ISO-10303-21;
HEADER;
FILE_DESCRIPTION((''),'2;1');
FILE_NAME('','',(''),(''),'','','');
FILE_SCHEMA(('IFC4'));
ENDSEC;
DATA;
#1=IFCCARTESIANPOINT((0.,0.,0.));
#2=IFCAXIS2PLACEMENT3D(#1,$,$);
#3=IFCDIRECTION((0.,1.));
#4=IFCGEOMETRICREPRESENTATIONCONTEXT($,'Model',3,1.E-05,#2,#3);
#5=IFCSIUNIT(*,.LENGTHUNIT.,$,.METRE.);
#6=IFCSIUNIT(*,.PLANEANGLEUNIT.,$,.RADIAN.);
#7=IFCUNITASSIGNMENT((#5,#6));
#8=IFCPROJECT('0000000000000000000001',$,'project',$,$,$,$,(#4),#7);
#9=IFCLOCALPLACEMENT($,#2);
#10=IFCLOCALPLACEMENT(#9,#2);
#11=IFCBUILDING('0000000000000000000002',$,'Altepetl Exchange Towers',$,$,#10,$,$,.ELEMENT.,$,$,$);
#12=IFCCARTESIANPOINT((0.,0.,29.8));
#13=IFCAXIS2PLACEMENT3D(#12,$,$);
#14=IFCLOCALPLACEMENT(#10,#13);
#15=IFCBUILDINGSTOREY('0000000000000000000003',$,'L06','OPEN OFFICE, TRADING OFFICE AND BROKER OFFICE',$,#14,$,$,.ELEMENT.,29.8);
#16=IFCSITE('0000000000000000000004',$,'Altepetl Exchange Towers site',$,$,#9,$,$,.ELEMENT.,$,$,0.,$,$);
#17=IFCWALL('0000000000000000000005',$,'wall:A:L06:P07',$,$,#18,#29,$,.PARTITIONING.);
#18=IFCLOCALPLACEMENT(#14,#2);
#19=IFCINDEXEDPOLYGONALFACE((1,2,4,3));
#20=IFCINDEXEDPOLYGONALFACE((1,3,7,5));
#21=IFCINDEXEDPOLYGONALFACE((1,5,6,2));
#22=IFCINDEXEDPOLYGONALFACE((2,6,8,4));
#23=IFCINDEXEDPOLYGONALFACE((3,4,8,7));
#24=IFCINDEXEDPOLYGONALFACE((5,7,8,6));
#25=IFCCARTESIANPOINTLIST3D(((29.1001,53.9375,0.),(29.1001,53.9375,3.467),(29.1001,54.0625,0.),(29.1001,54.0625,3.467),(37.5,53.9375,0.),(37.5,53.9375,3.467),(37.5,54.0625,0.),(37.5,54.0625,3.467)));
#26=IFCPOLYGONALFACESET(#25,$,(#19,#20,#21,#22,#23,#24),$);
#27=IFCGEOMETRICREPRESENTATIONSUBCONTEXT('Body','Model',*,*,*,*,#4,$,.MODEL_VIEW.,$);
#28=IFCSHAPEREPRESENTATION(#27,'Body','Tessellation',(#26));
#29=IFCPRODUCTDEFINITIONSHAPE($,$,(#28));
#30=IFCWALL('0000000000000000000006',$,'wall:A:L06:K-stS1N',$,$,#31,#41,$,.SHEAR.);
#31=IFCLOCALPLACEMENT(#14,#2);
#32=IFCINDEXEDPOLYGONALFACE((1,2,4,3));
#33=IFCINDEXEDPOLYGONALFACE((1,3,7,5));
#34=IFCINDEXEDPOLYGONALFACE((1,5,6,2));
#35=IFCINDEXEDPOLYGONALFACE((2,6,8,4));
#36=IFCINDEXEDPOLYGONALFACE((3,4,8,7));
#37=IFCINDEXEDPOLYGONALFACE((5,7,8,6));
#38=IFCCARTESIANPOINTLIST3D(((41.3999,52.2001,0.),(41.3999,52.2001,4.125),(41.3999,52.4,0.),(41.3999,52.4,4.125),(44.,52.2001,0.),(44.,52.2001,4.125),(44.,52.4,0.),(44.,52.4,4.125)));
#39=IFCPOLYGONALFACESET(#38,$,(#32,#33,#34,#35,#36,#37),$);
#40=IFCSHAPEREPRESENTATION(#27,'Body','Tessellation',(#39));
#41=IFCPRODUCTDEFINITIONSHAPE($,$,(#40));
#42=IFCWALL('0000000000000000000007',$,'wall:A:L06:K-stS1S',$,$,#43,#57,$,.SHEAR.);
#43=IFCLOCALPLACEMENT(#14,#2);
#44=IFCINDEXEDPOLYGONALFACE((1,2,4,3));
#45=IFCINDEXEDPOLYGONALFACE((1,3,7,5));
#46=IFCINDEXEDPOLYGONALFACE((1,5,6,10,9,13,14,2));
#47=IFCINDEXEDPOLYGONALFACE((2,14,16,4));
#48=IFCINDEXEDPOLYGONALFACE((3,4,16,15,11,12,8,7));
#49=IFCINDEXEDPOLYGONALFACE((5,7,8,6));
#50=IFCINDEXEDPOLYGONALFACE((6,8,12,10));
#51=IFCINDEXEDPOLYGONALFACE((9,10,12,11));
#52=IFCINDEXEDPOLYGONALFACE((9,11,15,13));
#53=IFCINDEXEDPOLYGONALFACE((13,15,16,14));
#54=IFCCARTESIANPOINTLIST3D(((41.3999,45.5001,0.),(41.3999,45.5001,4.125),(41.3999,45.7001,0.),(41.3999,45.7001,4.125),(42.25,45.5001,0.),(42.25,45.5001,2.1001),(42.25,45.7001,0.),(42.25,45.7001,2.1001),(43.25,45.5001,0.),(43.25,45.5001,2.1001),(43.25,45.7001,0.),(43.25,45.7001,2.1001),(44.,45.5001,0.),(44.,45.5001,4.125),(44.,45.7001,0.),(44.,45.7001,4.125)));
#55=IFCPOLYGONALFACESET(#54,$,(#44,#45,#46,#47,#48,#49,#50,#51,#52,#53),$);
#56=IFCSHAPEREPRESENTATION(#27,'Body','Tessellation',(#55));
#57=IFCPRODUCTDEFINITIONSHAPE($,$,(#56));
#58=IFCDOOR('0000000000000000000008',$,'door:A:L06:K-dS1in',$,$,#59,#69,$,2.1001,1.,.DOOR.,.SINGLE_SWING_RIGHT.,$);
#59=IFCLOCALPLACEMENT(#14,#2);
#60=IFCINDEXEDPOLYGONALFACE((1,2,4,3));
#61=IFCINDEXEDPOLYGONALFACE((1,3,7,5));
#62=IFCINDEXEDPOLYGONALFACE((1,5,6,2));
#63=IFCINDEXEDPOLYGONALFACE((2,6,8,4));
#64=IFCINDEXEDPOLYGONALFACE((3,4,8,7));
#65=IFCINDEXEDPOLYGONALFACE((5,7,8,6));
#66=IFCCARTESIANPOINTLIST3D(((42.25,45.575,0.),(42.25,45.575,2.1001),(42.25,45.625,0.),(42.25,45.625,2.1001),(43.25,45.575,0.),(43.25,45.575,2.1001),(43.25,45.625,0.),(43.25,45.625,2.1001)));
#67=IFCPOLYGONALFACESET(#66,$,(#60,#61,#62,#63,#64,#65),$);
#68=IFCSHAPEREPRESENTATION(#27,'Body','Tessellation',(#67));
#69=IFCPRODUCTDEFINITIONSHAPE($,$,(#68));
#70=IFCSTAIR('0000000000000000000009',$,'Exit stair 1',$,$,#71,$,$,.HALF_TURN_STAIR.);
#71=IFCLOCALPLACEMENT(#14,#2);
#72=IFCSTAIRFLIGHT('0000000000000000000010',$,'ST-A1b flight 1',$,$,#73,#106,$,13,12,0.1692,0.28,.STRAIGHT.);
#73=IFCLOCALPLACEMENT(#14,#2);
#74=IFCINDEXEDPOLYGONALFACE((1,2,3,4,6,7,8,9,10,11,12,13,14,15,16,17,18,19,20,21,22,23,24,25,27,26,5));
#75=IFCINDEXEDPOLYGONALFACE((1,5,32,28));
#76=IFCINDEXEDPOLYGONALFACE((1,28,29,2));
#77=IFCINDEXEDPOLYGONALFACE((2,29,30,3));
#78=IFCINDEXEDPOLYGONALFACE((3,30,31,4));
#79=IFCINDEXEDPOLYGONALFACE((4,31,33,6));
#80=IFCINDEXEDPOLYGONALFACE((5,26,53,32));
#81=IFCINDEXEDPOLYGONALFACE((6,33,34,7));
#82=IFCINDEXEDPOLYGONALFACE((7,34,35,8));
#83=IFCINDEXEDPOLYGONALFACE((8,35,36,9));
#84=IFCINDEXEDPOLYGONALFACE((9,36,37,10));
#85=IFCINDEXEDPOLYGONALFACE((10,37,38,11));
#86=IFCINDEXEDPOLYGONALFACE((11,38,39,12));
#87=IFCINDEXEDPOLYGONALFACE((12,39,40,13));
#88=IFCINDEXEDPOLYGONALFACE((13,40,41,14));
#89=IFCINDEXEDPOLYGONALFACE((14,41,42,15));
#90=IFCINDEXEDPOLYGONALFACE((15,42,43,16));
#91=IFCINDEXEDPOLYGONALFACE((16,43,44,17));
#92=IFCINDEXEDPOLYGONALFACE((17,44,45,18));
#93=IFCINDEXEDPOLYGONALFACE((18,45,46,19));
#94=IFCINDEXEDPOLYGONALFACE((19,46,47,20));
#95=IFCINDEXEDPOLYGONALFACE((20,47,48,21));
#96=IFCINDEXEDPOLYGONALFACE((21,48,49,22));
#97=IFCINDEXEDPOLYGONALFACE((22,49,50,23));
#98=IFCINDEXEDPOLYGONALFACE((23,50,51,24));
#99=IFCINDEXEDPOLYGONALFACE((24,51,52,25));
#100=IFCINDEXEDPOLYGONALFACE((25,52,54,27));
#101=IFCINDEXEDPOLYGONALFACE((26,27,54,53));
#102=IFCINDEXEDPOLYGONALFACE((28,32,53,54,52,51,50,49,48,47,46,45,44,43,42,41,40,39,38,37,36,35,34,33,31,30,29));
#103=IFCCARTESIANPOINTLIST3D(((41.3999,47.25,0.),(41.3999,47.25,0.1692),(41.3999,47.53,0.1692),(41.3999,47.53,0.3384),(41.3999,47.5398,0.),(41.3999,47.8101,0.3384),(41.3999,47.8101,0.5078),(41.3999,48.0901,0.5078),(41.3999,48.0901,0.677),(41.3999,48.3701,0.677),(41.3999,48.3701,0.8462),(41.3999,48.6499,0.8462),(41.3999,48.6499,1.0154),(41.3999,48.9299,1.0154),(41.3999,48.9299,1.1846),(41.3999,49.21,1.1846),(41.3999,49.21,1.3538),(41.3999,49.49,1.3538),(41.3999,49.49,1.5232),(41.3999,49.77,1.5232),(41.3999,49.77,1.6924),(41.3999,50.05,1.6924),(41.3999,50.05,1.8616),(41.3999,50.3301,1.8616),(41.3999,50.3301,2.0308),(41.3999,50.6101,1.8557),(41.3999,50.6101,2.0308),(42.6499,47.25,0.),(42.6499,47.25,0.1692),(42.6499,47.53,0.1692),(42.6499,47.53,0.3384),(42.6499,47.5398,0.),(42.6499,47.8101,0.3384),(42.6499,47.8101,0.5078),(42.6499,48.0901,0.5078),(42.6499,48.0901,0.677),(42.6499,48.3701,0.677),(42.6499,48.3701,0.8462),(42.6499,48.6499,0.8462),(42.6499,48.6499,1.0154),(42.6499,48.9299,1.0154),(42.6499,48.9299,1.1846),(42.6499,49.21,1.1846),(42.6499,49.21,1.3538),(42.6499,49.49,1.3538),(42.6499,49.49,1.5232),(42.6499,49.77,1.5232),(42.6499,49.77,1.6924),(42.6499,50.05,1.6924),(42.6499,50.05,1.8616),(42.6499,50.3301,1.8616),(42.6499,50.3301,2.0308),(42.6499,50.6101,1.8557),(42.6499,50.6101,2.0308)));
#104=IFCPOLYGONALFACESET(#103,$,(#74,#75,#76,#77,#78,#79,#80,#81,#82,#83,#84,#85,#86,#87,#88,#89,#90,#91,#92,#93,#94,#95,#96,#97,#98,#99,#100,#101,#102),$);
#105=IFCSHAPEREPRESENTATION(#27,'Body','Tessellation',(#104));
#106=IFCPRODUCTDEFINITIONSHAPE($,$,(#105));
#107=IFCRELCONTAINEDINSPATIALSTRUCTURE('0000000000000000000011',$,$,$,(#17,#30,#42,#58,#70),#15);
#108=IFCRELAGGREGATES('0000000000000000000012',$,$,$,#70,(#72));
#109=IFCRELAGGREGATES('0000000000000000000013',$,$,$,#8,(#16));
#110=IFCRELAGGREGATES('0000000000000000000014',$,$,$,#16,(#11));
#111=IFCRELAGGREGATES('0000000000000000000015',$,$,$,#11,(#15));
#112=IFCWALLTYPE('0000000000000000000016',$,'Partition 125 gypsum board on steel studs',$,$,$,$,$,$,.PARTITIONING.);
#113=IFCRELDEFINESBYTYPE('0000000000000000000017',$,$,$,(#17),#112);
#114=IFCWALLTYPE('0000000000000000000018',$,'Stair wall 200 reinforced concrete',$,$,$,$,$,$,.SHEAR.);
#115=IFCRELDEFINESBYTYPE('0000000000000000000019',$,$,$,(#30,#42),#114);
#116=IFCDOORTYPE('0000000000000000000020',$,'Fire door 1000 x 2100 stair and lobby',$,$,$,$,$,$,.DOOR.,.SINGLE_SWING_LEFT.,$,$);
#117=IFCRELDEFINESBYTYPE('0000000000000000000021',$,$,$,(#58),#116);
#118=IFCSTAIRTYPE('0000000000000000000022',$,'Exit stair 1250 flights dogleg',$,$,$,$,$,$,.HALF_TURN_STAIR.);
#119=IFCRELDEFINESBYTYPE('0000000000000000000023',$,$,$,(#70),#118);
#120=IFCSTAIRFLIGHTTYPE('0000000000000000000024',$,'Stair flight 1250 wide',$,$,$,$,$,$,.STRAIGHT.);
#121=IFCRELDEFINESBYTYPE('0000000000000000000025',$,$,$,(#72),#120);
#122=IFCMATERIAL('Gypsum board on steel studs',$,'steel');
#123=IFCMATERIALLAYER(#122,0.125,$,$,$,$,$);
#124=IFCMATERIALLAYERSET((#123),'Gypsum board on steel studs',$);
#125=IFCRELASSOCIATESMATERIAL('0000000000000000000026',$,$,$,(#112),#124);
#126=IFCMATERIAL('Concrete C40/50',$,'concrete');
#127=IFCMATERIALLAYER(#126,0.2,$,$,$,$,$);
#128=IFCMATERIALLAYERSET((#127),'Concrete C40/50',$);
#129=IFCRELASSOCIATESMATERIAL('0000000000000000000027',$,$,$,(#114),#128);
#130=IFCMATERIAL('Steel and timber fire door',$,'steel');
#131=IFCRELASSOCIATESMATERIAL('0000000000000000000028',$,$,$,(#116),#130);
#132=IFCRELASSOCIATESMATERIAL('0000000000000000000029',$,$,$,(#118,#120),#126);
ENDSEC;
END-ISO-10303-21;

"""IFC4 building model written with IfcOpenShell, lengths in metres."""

from ifc_helpers import new_model, si_unit, direction, frame, frame_2d, origin, place, context, subcontext, project, spatial, polyline, rectangle, outline, extrude, material, layer, layer_set, type_object, element, fill, aggregate, save


model = new_model("IFC4")

# Units and contexts
model_context = context("Model", 3, precision=1e-05, world=origin(), true_north=direction((0.0, 1.0)))
body_context = subcontext(model_context, "Body", "Model", "MODEL_VIEW")
ifc_project = project(units=[si_unit("LENGTHUNIT", "METRE"), si_unit("PLANEANGLEUNIT", "RADIAN")], contexts=[model_context])

# Site, building, storey
site_placement = place(None, origin())
site = spatial("IfcSite", under=ifc_project, at=site_placement, Name="Altepetl Exchange Towers site", CompositionType="ELEMENT", RefElevation=0.0)
building_placement = place(site_placement, origin())
building = spatial("IfcBuilding", under=site, at=building_placement, Name="Altepetl Exchange Towers", CompositionType="ELEMENT")
storey_placement = place(building_placement, frame((0.0, 0.0, 29.8)))
storey = spatial("IfcBuildingStorey", under=building, at=storey_placement, Name="L06", Description="OPEN OFFICE, TRADING OFFICE AND BROKER OFFICE", CompositionType="ELEMENT", Elevation=29.8)

# Walls
ifc_material_1 = material(Name="Gypsum board on steel studs", Category="steel")
ifc_layer_1 = layer(ifc_material_1, 0.125)
ifc_layer_set_1 = layer_set([ifc_layer_1], Name="Gypsum board on steel studs")
wall_type_1 = type_object("IfcWallType", Name="Partition 125 gypsum board on steel studs", PredefinedType="PARTITIONING", material=ifc_layer_set_1)
wall_1_placement = place(storey_placement, frame((29.1001, 54.0, 0.0)))
element("IfcWall", 1, at=wall_1_placement, inside=storey, type_object=wall_type_1, Name="wall:A:L06:P07", PredefinedType="PARTITIONING", context=body_context, shape_type="SweptSolid", body=[
    extrude(rectangle(XDim=8.3999, YDim=0.125, at=frame_2d((4.2, 0.0))), origin(), (0.0, 0.0, 1.0), 3.467),
])
ifc_material_2 = material(Name="Concrete C40/50", Category="concrete")
ifc_layer_2 = layer(ifc_material_2, 0.2)
ifc_layer_set_2 = layer_set([ifc_layer_2], Name="Concrete C40/50")
wall_type_2 = type_object("IfcWallType", Name="Stair wall 200 reinforced concrete", PredefinedType="SHEAR", material=ifc_layer_set_2)
wall_2_placement = place(storey_placement, frame((41.3999, 52.3, 0.0)))
element("IfcWall", 2, at=wall_2_placement, inside=storey, type_object=wall_type_2, Name="wall:A:L06:K-stS1N", PredefinedType="SHEAR", context=body_context, shape_type="SweptSolid", body=[
    extrude(rectangle(XDim=2.6001, YDim=0.2, at=frame_2d((1.3, 0.0))), origin(), (0.0, 0.0, 1.0), 4.125),
])

# Wall, opening, door
wall_3_placement = place(storey_placement, frame((41.3999, 45.6001, 0.0)))
wall_3 = element("IfcWall", 3, at=wall_3_placement, inside=storey, type_object=wall_type_2, Name="wall:A:L06:K-stS1S", PredefinedType="SHEAR", context=body_context, shape_type="SweptSolid", body=[
    extrude(rectangle(XDim=2.6001, YDim=0.2, at=frame_2d((1.3, 0.0))), origin(), (0.0, 0.0, 1.0), 4.125),
])
opening_placement = place(wall_3_placement, frame((0.8501, 0.0, 0.0)))
opening = element("IfcOpeningElement", 4, at=opening_placement, cuts=wall_3, PredefinedType="OPENING", context=body_context, shape_type="SweptSolid", body=[
    extrude(rectangle(XDim=1.0, YDim=2.1001, at=frame_2d((0.5, 1.05))), frame((0.0, 0.1099, 0.0), z_axis=(0.0, -1.0, 0.0), x_axis=(1.0, 0.0, 0.0)), (0.0, 0.0, 1.0), 0.22),
])
ifc_material_3 = material(Name="Steel and timber fire door", Category="steel")
door_type = type_object("IfcDoorType", Name="Fire door 1000 x 2100 stair and lobby", OperationType="SINGLE_SWING_LEFT", PredefinedType="DOOR", material=ifc_material_3)
door_placement = place(opening_placement, origin())
door = element("IfcDoor", 5, at=door_placement, inside=storey, type_object=door_type, Name="door:A:L06:K-dS1in", OperationType="SINGLE_SWING_RIGHT", OverallHeight=2.1001, OverallWidth=1.0, PredefinedType="DOOR", context=body_context, shape_type="SweptSolid", body=[
    extrude(rectangle(XDim=1.0, YDim=2.1001, at=frame_2d((0.5, 1.05))), frame((0.0, 0.0249, 0.0), z_axis=(0.0, -1.0, 0.0), x_axis=(1.0, 0.0, 0.0)), (0.0, 0.0, 1.0), 0.05),
])
fill(opening, door)

# Stair, stair flight
stair_type = type_object("IfcStairType", Name="Exit stair 1250 flights dogleg", PredefinedType="HALF_TURN_STAIR", material=ifc_material_2)
stair_placement = place(storey_placement, origin())
stair = element("IfcStair", 6, at=stair_placement, inside=storey, type_object=stair_type, Name="Exit stair 1", PredefinedType="HALF_TURN_STAIR")
stair_flight_type = type_object("IfcStairFlightType", Name="Stair flight 1250 wide", PredefinedType="STRAIGHT", material=ifc_material_2)
stair_flight_placement = place(storey_placement, frame((42.0249, 47.25, 0.0), z_axis=(0.0, 0.0, 1.0), x_axis=(0.0, 1.0, 0.0)))
stair_flight = element("IfcStairFlight", 7, at=stair_flight_placement, type_object=stair_flight_type, Name="ST-A1b flight 1", NumberOfRisers=13, NumberOfTreads=12, PredefinedType="STRAIGHT", RiserHeight=0.1692, TreadLength=0.28, context=body_context, shape_type="SweptSolid", body=[
    extrude(outline(polyline([(0.0, 0.0), (0.0, 0.1692), (0.28, 0.1692), (0.28, 0.3384), (0.5601, 0.3384), (0.5601, 0.5078), (0.8401, 0.5078), (0.8401, 0.677), (1.1201, 0.677), (1.1201, 0.8462), (1.3999, 0.8462), (1.3999, 1.0154), (1.6799, 1.0154), (1.6799, 1.1846), (1.96, 1.1846), (1.96, 1.3538), (2.24, 1.3538), (2.24, 1.5232), (2.52, 1.5232), (2.52, 1.6924), (2.8, 1.6924), (2.8, 1.8616), (3.0801, 1.8616), (3.0801, 2.0308), (3.3601, 2.0308), (3.3601, 2.2), (3.3601, 1.8557), (0.2898, 0.0), (0.0, 0.0)])), frame((0.0, 0.625, 0.0), z_axis=(0.0, -1.0, 0.0), x_axis=(1.0, 0.0, 0.0)), (0.0, 0.0, 1.0), 1.25),
])
aggregate(stair, [stair_flight])

save(model, "model.ifc")
